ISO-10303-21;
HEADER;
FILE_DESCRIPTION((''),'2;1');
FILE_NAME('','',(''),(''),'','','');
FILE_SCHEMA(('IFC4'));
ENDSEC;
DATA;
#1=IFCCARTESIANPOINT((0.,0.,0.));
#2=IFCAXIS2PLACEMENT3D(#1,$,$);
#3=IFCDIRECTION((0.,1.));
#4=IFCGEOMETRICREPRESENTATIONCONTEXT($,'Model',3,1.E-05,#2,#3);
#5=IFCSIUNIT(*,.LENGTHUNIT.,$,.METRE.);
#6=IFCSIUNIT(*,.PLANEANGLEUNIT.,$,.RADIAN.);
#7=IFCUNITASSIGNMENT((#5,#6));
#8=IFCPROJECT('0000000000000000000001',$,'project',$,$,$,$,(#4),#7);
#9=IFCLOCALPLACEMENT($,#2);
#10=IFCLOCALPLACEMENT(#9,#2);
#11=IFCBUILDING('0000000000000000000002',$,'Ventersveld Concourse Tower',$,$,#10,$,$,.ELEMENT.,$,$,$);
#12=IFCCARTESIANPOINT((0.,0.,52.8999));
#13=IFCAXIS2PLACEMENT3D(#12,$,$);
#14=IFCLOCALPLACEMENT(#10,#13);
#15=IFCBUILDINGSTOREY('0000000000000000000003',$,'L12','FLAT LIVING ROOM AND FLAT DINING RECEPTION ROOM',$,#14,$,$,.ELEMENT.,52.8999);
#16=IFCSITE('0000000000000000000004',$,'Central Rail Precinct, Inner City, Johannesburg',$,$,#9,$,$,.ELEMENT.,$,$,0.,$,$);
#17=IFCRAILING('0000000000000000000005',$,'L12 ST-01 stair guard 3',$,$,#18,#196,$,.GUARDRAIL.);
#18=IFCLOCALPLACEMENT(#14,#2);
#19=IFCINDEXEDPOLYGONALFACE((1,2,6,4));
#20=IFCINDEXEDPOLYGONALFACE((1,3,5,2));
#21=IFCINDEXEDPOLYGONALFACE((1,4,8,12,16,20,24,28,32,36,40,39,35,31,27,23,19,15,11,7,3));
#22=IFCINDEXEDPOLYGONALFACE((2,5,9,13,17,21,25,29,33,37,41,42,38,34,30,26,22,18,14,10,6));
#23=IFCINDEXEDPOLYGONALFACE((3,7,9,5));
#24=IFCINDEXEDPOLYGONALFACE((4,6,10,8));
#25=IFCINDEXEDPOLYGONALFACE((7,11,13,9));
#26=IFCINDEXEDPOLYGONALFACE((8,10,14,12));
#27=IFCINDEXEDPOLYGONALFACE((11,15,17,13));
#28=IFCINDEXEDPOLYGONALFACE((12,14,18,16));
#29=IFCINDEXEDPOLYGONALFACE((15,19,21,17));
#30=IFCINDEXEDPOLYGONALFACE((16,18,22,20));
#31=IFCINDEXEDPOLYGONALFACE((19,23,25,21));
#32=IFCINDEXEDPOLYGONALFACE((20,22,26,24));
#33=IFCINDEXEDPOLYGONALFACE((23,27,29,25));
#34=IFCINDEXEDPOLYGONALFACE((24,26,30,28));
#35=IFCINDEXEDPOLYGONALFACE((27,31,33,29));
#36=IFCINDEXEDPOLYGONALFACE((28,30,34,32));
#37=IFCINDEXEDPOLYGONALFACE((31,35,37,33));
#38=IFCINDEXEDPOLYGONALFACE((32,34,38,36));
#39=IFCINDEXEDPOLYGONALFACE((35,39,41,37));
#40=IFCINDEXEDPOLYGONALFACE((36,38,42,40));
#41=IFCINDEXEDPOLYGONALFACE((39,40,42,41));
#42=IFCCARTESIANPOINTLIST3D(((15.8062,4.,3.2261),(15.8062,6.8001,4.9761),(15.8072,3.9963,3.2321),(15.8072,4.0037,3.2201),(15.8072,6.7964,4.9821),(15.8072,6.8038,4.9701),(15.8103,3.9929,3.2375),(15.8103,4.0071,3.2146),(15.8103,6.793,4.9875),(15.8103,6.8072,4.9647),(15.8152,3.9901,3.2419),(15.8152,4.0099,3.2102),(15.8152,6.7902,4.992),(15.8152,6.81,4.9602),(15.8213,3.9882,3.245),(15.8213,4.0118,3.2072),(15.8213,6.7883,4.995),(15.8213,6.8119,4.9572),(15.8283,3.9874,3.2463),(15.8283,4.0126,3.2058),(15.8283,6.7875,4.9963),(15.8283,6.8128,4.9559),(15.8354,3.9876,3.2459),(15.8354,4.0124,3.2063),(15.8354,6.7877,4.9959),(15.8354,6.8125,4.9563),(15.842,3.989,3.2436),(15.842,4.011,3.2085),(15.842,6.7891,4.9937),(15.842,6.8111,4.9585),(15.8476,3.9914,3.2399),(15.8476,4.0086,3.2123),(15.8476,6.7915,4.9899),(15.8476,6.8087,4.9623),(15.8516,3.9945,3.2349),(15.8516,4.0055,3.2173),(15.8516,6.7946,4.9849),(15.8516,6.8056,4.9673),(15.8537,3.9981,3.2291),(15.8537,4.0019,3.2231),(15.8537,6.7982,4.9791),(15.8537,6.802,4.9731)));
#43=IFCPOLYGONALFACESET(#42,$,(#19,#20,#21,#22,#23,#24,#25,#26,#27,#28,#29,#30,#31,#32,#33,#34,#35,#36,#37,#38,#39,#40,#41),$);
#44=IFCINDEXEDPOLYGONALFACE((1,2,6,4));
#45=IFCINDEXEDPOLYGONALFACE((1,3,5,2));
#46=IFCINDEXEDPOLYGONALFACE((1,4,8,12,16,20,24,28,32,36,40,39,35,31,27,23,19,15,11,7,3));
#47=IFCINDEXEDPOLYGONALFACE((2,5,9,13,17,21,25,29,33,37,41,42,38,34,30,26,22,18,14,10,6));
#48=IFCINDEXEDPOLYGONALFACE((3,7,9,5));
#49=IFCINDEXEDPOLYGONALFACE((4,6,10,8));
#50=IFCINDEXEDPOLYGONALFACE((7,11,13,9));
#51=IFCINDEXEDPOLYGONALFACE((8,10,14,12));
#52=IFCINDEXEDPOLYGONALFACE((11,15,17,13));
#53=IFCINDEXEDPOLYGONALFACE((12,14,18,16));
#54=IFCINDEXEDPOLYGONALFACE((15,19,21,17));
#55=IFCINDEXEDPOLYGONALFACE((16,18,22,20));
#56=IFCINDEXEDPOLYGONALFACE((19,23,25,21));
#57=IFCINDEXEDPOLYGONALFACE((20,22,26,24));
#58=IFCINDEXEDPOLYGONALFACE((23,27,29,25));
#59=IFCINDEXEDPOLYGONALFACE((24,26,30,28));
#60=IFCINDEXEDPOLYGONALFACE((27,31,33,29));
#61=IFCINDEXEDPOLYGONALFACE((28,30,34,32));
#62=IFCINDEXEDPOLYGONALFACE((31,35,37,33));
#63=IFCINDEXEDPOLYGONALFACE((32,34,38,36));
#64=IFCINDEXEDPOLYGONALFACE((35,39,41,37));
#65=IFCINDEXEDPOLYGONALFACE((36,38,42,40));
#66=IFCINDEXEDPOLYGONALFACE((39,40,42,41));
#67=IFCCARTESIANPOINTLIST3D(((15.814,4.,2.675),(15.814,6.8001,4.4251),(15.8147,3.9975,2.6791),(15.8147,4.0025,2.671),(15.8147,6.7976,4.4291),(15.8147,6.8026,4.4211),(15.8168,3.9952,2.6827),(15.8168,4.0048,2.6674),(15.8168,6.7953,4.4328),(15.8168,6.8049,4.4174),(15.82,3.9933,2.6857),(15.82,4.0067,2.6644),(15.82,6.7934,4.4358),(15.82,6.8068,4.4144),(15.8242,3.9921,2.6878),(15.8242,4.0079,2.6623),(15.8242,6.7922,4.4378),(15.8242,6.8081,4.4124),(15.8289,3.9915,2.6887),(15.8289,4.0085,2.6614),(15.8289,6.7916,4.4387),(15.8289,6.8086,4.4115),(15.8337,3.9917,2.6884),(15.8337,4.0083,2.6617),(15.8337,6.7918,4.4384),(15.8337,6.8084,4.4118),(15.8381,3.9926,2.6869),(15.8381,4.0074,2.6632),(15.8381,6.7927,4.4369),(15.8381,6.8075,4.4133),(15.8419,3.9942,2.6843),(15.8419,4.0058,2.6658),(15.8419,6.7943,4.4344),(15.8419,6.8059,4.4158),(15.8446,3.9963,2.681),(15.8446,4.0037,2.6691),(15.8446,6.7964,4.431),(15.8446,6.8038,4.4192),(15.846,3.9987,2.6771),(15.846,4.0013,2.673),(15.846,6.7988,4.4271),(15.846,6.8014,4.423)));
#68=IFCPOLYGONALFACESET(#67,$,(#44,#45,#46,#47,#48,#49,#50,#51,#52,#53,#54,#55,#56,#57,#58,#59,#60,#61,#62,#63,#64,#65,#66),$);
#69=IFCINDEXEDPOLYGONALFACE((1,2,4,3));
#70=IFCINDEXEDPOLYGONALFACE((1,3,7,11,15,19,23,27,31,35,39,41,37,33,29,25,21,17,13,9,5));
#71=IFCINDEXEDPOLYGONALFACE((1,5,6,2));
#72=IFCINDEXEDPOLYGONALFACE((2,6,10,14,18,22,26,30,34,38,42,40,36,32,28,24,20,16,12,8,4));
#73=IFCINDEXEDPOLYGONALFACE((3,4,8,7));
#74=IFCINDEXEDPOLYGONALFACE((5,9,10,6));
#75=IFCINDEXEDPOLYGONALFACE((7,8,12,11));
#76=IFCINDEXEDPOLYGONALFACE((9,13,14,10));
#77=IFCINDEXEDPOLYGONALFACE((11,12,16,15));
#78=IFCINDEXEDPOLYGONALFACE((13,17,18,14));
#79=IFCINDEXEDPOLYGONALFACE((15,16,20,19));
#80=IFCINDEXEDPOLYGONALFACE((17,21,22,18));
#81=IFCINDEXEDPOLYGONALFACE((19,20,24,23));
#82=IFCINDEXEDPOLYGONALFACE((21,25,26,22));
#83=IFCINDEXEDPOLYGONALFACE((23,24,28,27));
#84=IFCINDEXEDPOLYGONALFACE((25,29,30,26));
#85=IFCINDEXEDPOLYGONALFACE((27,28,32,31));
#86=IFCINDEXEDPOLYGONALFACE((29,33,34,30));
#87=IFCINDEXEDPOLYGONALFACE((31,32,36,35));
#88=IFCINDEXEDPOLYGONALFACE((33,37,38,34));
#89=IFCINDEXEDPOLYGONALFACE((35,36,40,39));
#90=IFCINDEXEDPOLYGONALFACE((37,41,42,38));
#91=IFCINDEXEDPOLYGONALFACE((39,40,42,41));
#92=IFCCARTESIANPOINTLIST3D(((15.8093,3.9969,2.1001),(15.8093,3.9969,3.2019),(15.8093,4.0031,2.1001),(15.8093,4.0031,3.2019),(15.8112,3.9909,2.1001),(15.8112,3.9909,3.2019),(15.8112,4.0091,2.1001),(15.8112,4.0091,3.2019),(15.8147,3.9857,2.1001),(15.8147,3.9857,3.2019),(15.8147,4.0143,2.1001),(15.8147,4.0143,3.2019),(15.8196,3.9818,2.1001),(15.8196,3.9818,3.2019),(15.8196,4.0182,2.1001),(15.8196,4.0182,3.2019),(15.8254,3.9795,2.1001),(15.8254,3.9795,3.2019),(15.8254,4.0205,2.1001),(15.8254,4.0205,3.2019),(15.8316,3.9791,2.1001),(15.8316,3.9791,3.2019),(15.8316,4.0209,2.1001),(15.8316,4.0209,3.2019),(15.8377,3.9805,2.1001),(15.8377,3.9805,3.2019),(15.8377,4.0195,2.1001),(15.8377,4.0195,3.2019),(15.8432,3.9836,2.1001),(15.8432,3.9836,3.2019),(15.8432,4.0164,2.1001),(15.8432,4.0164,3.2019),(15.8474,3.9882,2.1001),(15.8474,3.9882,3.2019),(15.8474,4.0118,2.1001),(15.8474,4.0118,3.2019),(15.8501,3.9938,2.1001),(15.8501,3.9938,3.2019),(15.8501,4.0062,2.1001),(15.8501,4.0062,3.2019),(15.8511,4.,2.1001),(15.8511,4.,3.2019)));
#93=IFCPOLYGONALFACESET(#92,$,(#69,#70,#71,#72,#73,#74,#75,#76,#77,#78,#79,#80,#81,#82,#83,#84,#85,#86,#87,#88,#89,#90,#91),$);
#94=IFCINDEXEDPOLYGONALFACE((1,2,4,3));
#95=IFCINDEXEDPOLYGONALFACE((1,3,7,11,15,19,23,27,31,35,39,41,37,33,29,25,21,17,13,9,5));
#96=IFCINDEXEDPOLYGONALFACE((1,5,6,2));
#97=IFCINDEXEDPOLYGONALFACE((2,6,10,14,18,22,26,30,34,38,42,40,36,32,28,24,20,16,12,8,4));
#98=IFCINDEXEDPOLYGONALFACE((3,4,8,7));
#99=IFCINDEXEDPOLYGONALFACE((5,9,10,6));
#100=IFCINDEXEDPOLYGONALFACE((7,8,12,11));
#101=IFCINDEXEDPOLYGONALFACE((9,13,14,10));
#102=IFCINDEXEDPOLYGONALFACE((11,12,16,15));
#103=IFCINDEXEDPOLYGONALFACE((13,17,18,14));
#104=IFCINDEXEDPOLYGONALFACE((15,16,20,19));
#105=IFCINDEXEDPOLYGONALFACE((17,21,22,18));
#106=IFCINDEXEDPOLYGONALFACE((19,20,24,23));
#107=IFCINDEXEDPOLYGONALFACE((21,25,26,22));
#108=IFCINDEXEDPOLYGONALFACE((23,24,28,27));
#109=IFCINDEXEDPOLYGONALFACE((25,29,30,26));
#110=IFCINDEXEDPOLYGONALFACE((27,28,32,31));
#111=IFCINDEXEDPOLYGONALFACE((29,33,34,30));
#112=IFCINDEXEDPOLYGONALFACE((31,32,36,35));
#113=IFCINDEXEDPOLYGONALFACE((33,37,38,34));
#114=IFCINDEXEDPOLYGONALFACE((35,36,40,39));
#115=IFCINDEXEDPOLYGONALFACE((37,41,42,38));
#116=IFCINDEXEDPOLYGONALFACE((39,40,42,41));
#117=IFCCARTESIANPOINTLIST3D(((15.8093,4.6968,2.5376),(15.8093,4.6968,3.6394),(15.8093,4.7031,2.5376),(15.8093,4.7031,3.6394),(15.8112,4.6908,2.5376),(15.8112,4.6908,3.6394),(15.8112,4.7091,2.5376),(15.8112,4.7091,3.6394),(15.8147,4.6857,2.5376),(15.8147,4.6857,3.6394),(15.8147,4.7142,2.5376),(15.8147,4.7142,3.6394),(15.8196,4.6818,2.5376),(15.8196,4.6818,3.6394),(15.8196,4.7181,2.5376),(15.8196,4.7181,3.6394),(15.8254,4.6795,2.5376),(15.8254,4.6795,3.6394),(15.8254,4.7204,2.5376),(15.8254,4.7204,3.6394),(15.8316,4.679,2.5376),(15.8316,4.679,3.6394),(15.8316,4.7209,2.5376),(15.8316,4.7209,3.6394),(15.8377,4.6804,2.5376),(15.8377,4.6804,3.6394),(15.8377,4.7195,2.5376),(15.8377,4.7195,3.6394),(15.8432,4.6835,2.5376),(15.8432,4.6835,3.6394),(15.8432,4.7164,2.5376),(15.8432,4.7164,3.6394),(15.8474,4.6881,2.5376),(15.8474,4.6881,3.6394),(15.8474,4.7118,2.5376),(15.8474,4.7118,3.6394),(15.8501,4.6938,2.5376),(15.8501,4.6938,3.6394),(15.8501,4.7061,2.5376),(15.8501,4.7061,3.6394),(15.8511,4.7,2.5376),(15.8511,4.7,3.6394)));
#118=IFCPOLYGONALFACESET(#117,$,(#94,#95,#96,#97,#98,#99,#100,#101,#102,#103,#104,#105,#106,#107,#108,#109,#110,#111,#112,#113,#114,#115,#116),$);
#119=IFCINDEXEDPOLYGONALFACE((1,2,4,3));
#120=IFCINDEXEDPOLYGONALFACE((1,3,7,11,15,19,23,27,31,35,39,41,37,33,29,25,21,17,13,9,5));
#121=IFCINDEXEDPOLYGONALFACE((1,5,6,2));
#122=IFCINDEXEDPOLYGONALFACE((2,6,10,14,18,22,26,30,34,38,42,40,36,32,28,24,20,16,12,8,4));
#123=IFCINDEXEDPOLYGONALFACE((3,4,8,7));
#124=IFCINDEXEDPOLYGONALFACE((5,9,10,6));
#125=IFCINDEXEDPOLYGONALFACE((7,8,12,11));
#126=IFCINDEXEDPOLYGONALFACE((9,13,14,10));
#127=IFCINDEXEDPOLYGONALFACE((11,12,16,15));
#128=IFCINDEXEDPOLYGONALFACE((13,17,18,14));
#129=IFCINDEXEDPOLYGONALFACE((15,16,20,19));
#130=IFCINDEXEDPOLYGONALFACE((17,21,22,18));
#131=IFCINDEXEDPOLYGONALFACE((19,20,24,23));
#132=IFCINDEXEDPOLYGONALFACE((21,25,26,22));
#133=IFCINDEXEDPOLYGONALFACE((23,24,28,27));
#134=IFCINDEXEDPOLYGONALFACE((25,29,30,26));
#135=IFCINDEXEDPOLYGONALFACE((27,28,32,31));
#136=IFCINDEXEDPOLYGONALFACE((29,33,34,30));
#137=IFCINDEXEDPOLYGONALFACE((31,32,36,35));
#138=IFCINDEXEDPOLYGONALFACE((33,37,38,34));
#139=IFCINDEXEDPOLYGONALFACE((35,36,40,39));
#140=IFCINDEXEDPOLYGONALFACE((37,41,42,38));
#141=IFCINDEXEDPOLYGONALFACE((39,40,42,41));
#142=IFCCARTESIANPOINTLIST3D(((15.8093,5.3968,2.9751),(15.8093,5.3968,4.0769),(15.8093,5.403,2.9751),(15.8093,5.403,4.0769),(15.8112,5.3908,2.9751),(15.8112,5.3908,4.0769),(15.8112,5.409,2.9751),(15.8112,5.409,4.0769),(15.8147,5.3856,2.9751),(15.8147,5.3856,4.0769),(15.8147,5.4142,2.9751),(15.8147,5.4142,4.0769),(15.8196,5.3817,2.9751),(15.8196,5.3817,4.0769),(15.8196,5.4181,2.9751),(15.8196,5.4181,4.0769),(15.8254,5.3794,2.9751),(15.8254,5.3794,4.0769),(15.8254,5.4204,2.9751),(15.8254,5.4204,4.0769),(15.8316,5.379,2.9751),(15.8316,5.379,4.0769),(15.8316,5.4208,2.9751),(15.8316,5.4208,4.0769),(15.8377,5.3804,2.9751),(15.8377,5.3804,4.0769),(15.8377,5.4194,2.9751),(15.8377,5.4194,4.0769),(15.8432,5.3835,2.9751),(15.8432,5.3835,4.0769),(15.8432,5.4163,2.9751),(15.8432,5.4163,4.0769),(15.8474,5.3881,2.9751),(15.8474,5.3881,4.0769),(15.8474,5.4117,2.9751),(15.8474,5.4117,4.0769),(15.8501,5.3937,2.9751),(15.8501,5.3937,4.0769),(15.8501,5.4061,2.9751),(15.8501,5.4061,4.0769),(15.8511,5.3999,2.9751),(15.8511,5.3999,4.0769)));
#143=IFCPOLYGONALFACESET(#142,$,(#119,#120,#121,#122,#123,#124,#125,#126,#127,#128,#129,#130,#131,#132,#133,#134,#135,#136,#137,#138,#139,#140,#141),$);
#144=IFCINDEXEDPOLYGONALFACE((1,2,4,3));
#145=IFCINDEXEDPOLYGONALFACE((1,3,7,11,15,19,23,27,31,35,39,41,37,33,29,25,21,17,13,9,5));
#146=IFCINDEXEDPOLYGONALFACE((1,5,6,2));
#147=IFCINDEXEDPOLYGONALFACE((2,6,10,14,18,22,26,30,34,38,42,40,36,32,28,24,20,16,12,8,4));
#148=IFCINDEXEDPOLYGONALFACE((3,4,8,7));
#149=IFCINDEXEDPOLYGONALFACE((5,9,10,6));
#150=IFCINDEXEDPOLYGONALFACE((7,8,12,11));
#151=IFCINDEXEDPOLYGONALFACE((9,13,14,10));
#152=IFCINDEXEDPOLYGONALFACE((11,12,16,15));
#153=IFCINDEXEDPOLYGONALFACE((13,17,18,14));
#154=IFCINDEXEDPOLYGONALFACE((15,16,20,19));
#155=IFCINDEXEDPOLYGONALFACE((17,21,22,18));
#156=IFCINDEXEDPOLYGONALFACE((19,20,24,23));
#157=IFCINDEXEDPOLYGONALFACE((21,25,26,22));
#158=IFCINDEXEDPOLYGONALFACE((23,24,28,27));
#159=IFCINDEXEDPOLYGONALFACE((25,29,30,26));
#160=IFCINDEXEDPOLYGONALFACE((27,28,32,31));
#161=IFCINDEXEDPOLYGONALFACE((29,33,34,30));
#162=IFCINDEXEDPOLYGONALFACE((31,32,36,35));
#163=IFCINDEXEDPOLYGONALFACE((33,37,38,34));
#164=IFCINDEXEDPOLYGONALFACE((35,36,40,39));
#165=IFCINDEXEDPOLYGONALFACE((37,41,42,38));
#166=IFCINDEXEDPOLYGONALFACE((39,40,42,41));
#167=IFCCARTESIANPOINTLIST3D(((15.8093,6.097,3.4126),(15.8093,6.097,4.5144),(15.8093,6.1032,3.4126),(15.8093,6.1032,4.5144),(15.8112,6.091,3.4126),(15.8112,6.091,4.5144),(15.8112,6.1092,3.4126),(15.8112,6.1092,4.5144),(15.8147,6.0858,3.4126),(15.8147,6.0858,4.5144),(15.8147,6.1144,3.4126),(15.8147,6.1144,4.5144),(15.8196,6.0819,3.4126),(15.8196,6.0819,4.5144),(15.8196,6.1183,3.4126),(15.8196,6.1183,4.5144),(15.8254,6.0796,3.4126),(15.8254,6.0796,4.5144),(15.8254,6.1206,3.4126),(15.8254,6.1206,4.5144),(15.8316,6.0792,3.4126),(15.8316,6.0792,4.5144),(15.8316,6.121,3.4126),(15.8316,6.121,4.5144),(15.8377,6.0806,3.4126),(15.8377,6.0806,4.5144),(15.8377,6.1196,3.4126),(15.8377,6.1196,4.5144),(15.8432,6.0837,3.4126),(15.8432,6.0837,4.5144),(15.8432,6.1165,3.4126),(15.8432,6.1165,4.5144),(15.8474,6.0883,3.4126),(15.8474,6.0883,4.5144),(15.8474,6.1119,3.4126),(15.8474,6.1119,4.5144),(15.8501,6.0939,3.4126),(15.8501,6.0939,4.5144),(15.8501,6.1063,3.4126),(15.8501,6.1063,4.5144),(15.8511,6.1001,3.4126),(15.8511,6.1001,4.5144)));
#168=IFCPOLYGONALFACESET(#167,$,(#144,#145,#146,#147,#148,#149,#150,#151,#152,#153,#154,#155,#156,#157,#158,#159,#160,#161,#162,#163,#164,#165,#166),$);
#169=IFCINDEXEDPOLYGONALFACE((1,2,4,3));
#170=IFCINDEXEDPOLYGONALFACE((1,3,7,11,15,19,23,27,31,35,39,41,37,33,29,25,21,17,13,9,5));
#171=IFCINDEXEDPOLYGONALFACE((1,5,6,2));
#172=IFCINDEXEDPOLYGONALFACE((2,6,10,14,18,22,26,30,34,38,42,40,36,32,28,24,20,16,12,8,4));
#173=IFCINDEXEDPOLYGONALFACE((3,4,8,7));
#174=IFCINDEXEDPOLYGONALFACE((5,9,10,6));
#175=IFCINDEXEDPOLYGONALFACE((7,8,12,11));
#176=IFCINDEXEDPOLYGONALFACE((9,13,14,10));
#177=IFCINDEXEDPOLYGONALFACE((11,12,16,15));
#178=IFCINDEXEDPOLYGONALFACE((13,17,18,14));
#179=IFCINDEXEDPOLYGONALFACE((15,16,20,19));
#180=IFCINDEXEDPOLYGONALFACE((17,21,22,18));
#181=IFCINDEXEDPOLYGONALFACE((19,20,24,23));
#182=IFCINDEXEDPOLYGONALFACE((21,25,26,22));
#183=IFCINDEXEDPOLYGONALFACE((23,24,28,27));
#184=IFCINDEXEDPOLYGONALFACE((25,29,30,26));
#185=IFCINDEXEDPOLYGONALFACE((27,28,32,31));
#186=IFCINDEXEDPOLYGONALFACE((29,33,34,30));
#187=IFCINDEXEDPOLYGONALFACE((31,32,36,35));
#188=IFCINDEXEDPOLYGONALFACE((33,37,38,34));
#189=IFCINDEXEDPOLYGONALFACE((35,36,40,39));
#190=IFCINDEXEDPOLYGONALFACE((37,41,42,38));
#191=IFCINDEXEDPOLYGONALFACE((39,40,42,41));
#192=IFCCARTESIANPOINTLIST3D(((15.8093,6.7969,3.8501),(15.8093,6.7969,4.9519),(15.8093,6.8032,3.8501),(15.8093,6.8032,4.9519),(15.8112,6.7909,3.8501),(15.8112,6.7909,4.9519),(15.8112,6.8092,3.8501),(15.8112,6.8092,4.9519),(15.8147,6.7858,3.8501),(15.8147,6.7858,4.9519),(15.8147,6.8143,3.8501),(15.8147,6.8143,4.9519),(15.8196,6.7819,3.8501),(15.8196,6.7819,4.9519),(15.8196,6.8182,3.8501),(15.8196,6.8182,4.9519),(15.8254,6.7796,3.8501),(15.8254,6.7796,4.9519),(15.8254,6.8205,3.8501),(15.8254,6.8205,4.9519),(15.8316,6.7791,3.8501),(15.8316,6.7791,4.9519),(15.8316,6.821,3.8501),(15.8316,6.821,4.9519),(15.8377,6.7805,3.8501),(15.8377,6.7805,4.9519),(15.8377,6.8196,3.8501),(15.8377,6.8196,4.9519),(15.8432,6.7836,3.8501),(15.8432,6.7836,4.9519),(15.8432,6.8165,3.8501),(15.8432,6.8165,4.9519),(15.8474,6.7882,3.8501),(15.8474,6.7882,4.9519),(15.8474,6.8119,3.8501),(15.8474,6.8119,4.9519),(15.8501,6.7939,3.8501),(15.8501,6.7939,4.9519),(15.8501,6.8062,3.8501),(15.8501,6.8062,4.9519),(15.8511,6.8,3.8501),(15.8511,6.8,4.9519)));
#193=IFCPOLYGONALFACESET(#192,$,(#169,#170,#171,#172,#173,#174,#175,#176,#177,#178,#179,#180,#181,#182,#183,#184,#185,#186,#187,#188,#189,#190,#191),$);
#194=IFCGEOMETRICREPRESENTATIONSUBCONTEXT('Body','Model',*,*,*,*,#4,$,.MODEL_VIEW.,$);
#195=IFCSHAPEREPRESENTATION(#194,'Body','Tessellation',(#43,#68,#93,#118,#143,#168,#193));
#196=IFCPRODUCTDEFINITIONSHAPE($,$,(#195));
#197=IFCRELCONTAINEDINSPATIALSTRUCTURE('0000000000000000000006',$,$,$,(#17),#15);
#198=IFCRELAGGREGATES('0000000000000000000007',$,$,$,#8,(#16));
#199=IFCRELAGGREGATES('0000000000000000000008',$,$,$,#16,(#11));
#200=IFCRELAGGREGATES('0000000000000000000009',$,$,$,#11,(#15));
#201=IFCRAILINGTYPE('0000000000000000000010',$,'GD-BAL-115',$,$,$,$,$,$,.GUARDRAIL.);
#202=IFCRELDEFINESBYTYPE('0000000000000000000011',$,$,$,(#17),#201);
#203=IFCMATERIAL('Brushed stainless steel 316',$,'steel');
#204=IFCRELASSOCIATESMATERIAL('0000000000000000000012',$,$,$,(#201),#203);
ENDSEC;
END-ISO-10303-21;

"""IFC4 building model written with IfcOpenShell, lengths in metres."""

from ifc_helpers import new_model, si_unit, direction, frame, origin, origin_2d, place, context, subcontext, project, spatial, circle, extrude, material, type_object, element, save


model = new_model("IFC4")

# Units and contexts
model_context = context("Model", 3, precision=1e-05, world=origin(), true_north=direction((0.0, 1.0)))
body_context = subcontext(model_context, "Body", "Model", "MODEL_VIEW")
ifc_project = project(units=[si_unit("LENGTHUNIT", "METRE"), si_unit("PLANEANGLEUNIT", "RADIAN")], contexts=[model_context])

# Site, building, storey
site_placement = place(None, origin())
site = spatial("IfcSite", under=ifc_project, at=site_placement, Name="Central Rail Precinct, Inner City, Johannesburg", CompositionType="ELEMENT", RefElevation=0.0)
building_placement = place(site_placement, origin())
building = spatial("IfcBuilding", under=site, at=building_placement, Name="Ventersveld Concourse Tower", CompositionType="ELEMENT")
storey_placement = place(building_placement, frame((0.0, 0.0, 52.8999)))
storey = spatial("IfcBuildingStorey", under=building, at=storey_placement, Name="L12", Description="FLAT LIVING ROOM AND FLAT DINING RECEPTION ROOM", CompositionType="ELEMENT", Elevation=52.8999)

# Shared definitions
ifc_material_1 = material(Name="Brushed stainless steel 316", Category="steel")

# Railing
railing_type_1 = type_object("IfcRailingType", Name="GD-BAL-115", PredefinedType="GUARDRAIL", material=ifc_material_1)
railing_1_placement = place(storey_placement, frame((15.8301, 4.0, 2.1001)))
element("IfcRailing", 1, at=railing_1_placement, inside=storey, type_object=railing_type_1, Name="L12 ST-01 stair guard 3", PredefinedType="GUARDRAIL", context=body_context, shape_type="SweptSolid", body=[
    extrude(circle(Radius=0.0239, at=origin_2d()), frame((0.0, 0.0, 1.126), z_axis=(0.0, 0.848002, 0.529992), x_axis=(-1.0, 0.0, 0.0)), (0.0, 0.0, 1.0), 3.302),
    extrude(circle(Radius=0.0161, at=origin_2d()), frame((0.0, 0.0, 0.575), z_axis=(0.0, 0.848002, 0.529992), x_axis=(-1.0, 0.0, 0.0)), (0.0, 0.0, 1.0), 3.302),
    extrude(circle(Radius=0.021, at=origin_2d()), origin(), (0.0, 0.0, 1.0), 1.1018),
    extrude(circle(Radius=0.021, at=origin_2d()), frame((0.0, 0.7, 0.4375)), (0.0, 0.0, 1.0), 1.1018),
    extrude(circle(Radius=0.021, at=origin_2d()), frame((0.0, 1.3999, 0.875)), (0.0, 0.0, 1.0), 1.1018),
    extrude(circle(Radius=0.021, at=origin_2d()), frame((0.0, 2.1001, 1.3125)), (0.0, 0.0, 1.0), 1.1018),
    extrude(circle(Radius=0.021, at=origin_2d()), frame((0.0, 2.8, 1.75)), (0.0, 0.0, 1.0), 1.1018),
])

save(model, "model.ifc")
